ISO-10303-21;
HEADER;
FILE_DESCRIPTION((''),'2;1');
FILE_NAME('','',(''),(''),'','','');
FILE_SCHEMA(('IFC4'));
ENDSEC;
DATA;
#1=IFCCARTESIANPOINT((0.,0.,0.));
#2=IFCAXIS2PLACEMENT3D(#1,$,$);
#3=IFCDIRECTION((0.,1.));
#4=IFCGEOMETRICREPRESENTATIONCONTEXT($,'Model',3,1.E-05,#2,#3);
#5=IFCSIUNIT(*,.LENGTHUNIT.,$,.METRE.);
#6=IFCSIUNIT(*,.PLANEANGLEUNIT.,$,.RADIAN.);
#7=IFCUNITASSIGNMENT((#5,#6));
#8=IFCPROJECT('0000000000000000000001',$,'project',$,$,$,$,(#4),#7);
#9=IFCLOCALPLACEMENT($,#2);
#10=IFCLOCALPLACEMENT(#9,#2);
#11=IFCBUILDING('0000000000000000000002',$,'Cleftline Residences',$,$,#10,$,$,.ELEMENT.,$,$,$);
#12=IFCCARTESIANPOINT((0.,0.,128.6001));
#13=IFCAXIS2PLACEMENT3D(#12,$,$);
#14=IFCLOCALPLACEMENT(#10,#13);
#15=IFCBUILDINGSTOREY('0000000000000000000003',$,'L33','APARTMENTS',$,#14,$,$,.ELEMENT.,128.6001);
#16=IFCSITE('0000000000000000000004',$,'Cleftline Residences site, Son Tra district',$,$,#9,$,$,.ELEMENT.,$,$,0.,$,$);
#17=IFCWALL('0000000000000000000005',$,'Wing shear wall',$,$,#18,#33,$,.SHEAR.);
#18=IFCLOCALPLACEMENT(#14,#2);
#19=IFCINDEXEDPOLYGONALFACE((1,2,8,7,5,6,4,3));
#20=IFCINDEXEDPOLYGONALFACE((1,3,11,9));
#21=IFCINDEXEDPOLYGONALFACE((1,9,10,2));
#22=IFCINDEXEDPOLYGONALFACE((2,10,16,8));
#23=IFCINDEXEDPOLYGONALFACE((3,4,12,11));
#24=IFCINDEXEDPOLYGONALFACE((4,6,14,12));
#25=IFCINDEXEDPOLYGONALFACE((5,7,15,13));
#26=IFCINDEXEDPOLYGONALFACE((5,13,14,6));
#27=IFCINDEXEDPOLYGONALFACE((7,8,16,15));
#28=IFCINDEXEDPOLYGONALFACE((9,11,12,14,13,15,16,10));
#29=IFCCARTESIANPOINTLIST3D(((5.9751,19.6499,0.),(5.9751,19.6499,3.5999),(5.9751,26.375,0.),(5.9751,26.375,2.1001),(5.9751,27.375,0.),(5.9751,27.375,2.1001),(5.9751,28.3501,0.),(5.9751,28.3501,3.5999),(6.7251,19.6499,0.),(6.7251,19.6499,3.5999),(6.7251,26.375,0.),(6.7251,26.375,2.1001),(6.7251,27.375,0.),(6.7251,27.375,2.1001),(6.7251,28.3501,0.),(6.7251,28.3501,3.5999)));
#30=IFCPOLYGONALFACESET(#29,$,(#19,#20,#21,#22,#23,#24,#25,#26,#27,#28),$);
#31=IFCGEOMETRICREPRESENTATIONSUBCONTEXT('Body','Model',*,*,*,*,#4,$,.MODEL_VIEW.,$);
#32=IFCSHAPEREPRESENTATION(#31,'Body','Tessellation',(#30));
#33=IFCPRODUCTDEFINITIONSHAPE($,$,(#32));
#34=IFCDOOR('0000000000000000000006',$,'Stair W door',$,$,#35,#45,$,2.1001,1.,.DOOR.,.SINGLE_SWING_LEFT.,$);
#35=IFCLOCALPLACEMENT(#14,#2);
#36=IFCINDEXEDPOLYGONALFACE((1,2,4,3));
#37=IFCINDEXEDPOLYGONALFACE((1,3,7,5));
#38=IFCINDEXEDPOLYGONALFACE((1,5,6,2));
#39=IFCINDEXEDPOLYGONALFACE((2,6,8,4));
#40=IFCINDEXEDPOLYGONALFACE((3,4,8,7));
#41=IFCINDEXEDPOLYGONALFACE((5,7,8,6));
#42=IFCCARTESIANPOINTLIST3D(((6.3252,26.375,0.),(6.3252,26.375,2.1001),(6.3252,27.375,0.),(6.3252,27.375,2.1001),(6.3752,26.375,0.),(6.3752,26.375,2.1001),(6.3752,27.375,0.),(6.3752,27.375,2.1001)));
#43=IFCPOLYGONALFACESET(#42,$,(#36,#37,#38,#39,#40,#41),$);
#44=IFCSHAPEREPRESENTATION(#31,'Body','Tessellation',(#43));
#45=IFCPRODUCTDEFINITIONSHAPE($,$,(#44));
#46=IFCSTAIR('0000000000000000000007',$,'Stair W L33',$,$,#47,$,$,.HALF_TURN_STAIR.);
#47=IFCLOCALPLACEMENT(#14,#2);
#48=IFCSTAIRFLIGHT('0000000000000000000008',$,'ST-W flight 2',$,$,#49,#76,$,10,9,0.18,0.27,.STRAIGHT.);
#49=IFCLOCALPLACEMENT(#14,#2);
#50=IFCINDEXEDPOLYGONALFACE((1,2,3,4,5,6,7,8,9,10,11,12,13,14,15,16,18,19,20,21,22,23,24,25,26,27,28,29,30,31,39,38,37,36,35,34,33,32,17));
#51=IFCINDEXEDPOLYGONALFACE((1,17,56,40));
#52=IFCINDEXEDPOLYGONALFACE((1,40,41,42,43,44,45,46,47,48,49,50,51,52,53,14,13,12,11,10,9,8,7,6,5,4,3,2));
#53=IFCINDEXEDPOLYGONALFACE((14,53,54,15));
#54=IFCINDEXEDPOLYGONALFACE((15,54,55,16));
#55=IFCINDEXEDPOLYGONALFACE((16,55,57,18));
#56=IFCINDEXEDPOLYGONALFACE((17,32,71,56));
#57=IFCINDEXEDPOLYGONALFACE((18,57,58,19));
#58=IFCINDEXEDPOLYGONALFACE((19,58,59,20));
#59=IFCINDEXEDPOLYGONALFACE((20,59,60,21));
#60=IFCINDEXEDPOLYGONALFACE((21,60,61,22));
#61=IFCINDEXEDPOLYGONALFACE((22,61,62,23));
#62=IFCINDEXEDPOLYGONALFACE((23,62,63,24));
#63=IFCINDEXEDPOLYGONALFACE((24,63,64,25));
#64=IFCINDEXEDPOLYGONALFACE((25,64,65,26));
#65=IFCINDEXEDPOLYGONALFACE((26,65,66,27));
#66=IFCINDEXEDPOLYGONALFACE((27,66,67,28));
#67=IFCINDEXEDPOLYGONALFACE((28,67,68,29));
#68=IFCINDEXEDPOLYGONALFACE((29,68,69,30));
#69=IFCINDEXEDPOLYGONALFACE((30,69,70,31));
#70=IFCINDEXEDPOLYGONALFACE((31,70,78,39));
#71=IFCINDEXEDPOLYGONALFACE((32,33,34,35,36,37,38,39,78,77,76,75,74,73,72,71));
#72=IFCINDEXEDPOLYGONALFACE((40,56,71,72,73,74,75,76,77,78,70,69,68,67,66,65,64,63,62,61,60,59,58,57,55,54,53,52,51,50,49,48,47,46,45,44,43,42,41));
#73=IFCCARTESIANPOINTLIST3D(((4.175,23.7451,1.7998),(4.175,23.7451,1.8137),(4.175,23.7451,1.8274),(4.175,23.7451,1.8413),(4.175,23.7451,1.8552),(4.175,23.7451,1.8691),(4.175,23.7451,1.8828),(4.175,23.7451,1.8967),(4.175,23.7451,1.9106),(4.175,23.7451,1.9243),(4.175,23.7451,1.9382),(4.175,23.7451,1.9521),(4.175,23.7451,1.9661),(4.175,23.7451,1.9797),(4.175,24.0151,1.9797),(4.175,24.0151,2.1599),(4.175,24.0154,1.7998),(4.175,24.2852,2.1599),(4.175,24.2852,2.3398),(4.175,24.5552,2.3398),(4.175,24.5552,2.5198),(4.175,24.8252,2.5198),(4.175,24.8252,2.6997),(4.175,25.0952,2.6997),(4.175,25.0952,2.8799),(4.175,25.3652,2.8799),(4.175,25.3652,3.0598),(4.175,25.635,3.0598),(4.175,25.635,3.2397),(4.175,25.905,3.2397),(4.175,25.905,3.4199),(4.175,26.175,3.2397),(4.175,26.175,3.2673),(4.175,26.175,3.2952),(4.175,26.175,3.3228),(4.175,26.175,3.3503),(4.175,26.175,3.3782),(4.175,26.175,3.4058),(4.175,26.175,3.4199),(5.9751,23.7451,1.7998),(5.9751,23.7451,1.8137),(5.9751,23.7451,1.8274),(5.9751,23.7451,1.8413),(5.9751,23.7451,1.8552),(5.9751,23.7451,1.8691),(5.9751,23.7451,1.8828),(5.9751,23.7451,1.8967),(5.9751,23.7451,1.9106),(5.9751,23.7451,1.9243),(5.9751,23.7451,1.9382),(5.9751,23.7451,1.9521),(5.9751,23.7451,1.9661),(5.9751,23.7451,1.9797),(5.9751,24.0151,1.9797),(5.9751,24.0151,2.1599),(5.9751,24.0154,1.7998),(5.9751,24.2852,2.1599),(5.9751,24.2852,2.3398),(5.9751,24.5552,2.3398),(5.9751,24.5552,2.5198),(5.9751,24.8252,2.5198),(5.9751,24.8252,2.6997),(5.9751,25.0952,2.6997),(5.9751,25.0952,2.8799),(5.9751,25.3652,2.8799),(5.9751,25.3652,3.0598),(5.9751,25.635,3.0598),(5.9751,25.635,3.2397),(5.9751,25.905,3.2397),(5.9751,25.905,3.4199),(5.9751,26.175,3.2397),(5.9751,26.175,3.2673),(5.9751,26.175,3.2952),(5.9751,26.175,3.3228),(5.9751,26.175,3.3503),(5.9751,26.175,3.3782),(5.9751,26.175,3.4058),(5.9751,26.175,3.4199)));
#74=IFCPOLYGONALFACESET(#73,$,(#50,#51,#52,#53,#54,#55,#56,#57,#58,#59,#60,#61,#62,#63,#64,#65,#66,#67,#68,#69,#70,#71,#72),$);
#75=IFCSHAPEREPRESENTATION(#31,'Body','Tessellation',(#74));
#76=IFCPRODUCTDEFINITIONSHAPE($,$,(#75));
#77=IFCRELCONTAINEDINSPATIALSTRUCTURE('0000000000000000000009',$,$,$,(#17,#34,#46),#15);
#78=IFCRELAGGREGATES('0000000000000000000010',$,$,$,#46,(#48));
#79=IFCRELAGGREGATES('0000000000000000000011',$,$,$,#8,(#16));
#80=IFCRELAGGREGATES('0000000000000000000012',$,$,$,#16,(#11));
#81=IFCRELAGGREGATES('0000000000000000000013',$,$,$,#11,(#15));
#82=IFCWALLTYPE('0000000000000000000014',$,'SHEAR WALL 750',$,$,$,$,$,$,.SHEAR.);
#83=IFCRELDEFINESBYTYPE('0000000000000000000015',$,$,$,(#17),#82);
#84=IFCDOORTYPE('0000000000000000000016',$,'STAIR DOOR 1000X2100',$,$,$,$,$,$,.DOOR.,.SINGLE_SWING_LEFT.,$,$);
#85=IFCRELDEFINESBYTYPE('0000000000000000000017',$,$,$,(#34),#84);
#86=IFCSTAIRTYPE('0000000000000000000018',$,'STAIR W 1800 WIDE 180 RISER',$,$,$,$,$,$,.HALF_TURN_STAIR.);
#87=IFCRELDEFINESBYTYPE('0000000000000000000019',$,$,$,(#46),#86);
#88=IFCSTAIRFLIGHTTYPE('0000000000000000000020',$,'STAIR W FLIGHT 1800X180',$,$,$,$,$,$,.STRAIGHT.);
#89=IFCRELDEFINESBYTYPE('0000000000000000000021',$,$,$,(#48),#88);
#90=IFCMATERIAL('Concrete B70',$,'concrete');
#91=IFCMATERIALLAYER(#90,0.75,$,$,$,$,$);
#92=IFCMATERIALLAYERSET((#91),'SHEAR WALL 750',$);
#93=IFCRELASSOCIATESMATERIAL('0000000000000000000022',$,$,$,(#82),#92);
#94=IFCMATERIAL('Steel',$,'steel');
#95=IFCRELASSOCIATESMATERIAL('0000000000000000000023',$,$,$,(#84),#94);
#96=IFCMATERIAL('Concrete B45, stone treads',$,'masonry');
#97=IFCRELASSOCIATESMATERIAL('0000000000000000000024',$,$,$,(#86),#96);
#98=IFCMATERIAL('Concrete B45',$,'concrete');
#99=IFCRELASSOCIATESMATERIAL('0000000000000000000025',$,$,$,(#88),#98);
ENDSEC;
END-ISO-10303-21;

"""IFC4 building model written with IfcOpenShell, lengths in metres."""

from ifc_helpers import new_model, si_unit, direction, frame, frame_2d, origin, place, context, subcontext, project, spatial, polyline, rectangle, outline, extrude, material, layer, layer_set, type_object, element, fill, aggregate, save


model = new_model("IFC4")

# Units and contexts
model_context = context("Model", 3, precision=1e-05, world=origin(), true_north=direction((0.0, 1.0)))
body_context = subcontext(model_context, "Body", "Model", "MODEL_VIEW")
ifc_project = project(units=[si_unit("LENGTHUNIT", "METRE"), si_unit("PLANEANGLEUNIT", "RADIAN")], contexts=[model_context])

# Site, building, storey
site_placement = place(None, origin())
site = spatial("IfcSite", under=ifc_project, at=site_placement, Name="Cleftline Residences site, Son Tra district", CompositionType="ELEMENT", RefElevation=0.0)
building_placement = place(site_placement, origin())
building = spatial("IfcBuilding", under=site, at=building_placement, Name="Cleftline Residences", CompositionType="ELEMENT")
storey_placement = place(building_placement, frame((0.0, 0.0, 128.6001)))
storey = spatial("IfcBuildingStorey", under=building, at=storey_placement, Name="L33", Description="APARTMENTS", CompositionType="ELEMENT", Elevation=128.6001)

# Shared definitions
ifc_material_1 = material(Name="Concrete B70", Category="concrete")
ifc_layer_1 = layer(ifc_material_1, 0.75)
ifc_layer_set_1 = layer_set([ifc_layer_1], Name="SHEAR WALL 750")
wall_type_1 = type_object("IfcWallType", Name="SHEAR WALL 750", PredefinedType="SHEAR", material=ifc_layer_set_1)

# Wall, opening, door
wall_1_placement = place(storey_placement, frame((6.3501, 19.6499, 0.0), z_axis=(0.0, 0.0, 1.0), x_axis=(0.0, 1.0, 0.0)))
wall_1 = element("IfcWall", 1, at=wall_1_placement, inside=storey, type_object=wall_type_1, Name="Wing shear wall", PredefinedType="SHEAR", context=body_context, shape_type="SweptSolid", body=[
    extrude(rectangle(XDim=8.7002, YDim=0.75, at=frame_2d((4.3501, 0.0))), origin(), (0.0, 0.0, 1.0), 3.5999),
])
opening_1_placement = place(wall_1_placement, frame((6.7251, 0.0, 0.0)))
opening_1 = element("IfcOpeningElement", 2, at=opening_1_placement, cuts=wall_1, PredefinedType="OPENING", context=body_context, shape_type="SweptSolid", body=[
    extrude(rectangle(XDim=1.0, YDim=2.1001, at=frame_2d((0.5, 1.05))), frame((0.0, 0.385, 0.0), z_axis=(0.0, -1.0, 0.0), x_axis=(1.0, 0.0, 0.0)), (0.0, 0.0, 1.0), 0.77),
])
ifc_material_2 = material(Name="Steel", Category="steel")
door_type_1 = type_object("IfcDoorType", Name="STAIR DOOR 1000X2100", OperationType="SINGLE_SWING_LEFT", PredefinedType="DOOR", material=ifc_material_2)
door_1_placement = place(opening_1_placement, origin())
door_1 = element("IfcDoor", 3, at=door_1_placement, inside=storey, type_object=door_type_1, Name="Stair W door", OperationType="SINGLE_SWING_LEFT", OverallHeight=2.1001, OverallWidth=1.0, PredefinedType="DOOR", context=body_context, shape_type="SweptSolid", body=[
    extrude(rectangle(XDim=1.0, YDim=2.1001, at=frame_2d((0.5, 1.05))), frame((0.0, 0.0249, 0.0), z_axis=(0.0, -1.0, 0.0), x_axis=(1.0, 0.0, 0.0)), (0.0, 0.0, 1.0), 0.05),
])
fill(opening_1, door_1)

# Stair, stair flight
ifc_material_3 = material(Name="Concrete B45, stone treads", Category="masonry")
stair_type = type_object("IfcStairType", Name="STAIR W 1800 WIDE 180 RISER", PredefinedType="HALF_TURN_STAIR", material=ifc_material_3)
stair_placement = place(storey_placement, origin())
stair = element("IfcStair", 4, at=stair_placement, inside=storey, type_object=stair_type, Name="Stair W L33", PredefinedType="HALF_TURN_STAIR")
ifc_material_4 = material(Name="Concrete B45", Category="concrete")
stair_flight_type = type_object("IfcStairFlightType", Name="STAIR W FLIGHT 1800X180", PredefinedType="STRAIGHT", material=ifc_material_4)
stair_flight_placement = place(storey_placement, frame((5.075, 23.7451, 1.7998), z_axis=(0.0, 0.0, 1.0), x_axis=(0.0, 1.0, 0.0)))
stair_flight = element("IfcStairFlight", 5, at=stair_flight_placement, type_object=stair_flight_type, Name="ST-W flight 2", NumberOfRisers=10, NumberOfTreads=9, PredefinedType="STRAIGHT", RiserHeight=0.18, TreadLength=0.27, context=body_context, shape_type="SweptSolid", body=[
    extrude(outline(polyline([(0.0, 0.0), (0.0, 0.0139), (0.0, 0.0276), (0.0, 0.0415), (0.0, 0.0554), (0.0, 0.0693), (0.0, 0.083), (0.0, 0.0969), (0.0, 0.1108), (0.0, 0.1245), (0.0, 0.1384), (0.0, 0.1523), (0.0, 0.1663), (0.0, 0.1799), (0.27, 0.1799), (0.27, 0.3601), (0.54, 0.3601), (0.54, 0.54), (0.8101, 0.54), (0.8101, 0.72), (1.0801, 0.72), (1.0801, 0.8999), (1.3501, 0.8999), (1.3501, 1.0801), (1.6201, 1.0801), (1.6201, 1.26), (1.8899, 1.26), (1.8899, 1.4399), (2.1599, 1.4399), (2.1599, 1.6201), (2.4299, 1.6201), (2.4299, 1.8), (2.4299, 1.7722), (2.4299, 1.7446), (2.4299, 1.7168), (2.4299, 1.6892), (2.4299, 1.6614), (2.4299, 1.6338), (2.4299, 1.606), (2.4299, 1.5784), (2.4299, 1.5505), (2.4299, 1.5229), (2.4299, 1.4954), (2.4299, 1.4675), (2.4299, 1.4399), (0.2703, 0.0), (0.0, 0.0)])), frame((0.0, 0.8999, 0.0), z_axis=(0.0, -1.0, 0.0), x_axis=(1.0, 0.0, 0.0)), (0.0, 0.0, 1.0), 1.8),
])
aggregate(stair, [stair_flight])

save(model, "model.ifc")
